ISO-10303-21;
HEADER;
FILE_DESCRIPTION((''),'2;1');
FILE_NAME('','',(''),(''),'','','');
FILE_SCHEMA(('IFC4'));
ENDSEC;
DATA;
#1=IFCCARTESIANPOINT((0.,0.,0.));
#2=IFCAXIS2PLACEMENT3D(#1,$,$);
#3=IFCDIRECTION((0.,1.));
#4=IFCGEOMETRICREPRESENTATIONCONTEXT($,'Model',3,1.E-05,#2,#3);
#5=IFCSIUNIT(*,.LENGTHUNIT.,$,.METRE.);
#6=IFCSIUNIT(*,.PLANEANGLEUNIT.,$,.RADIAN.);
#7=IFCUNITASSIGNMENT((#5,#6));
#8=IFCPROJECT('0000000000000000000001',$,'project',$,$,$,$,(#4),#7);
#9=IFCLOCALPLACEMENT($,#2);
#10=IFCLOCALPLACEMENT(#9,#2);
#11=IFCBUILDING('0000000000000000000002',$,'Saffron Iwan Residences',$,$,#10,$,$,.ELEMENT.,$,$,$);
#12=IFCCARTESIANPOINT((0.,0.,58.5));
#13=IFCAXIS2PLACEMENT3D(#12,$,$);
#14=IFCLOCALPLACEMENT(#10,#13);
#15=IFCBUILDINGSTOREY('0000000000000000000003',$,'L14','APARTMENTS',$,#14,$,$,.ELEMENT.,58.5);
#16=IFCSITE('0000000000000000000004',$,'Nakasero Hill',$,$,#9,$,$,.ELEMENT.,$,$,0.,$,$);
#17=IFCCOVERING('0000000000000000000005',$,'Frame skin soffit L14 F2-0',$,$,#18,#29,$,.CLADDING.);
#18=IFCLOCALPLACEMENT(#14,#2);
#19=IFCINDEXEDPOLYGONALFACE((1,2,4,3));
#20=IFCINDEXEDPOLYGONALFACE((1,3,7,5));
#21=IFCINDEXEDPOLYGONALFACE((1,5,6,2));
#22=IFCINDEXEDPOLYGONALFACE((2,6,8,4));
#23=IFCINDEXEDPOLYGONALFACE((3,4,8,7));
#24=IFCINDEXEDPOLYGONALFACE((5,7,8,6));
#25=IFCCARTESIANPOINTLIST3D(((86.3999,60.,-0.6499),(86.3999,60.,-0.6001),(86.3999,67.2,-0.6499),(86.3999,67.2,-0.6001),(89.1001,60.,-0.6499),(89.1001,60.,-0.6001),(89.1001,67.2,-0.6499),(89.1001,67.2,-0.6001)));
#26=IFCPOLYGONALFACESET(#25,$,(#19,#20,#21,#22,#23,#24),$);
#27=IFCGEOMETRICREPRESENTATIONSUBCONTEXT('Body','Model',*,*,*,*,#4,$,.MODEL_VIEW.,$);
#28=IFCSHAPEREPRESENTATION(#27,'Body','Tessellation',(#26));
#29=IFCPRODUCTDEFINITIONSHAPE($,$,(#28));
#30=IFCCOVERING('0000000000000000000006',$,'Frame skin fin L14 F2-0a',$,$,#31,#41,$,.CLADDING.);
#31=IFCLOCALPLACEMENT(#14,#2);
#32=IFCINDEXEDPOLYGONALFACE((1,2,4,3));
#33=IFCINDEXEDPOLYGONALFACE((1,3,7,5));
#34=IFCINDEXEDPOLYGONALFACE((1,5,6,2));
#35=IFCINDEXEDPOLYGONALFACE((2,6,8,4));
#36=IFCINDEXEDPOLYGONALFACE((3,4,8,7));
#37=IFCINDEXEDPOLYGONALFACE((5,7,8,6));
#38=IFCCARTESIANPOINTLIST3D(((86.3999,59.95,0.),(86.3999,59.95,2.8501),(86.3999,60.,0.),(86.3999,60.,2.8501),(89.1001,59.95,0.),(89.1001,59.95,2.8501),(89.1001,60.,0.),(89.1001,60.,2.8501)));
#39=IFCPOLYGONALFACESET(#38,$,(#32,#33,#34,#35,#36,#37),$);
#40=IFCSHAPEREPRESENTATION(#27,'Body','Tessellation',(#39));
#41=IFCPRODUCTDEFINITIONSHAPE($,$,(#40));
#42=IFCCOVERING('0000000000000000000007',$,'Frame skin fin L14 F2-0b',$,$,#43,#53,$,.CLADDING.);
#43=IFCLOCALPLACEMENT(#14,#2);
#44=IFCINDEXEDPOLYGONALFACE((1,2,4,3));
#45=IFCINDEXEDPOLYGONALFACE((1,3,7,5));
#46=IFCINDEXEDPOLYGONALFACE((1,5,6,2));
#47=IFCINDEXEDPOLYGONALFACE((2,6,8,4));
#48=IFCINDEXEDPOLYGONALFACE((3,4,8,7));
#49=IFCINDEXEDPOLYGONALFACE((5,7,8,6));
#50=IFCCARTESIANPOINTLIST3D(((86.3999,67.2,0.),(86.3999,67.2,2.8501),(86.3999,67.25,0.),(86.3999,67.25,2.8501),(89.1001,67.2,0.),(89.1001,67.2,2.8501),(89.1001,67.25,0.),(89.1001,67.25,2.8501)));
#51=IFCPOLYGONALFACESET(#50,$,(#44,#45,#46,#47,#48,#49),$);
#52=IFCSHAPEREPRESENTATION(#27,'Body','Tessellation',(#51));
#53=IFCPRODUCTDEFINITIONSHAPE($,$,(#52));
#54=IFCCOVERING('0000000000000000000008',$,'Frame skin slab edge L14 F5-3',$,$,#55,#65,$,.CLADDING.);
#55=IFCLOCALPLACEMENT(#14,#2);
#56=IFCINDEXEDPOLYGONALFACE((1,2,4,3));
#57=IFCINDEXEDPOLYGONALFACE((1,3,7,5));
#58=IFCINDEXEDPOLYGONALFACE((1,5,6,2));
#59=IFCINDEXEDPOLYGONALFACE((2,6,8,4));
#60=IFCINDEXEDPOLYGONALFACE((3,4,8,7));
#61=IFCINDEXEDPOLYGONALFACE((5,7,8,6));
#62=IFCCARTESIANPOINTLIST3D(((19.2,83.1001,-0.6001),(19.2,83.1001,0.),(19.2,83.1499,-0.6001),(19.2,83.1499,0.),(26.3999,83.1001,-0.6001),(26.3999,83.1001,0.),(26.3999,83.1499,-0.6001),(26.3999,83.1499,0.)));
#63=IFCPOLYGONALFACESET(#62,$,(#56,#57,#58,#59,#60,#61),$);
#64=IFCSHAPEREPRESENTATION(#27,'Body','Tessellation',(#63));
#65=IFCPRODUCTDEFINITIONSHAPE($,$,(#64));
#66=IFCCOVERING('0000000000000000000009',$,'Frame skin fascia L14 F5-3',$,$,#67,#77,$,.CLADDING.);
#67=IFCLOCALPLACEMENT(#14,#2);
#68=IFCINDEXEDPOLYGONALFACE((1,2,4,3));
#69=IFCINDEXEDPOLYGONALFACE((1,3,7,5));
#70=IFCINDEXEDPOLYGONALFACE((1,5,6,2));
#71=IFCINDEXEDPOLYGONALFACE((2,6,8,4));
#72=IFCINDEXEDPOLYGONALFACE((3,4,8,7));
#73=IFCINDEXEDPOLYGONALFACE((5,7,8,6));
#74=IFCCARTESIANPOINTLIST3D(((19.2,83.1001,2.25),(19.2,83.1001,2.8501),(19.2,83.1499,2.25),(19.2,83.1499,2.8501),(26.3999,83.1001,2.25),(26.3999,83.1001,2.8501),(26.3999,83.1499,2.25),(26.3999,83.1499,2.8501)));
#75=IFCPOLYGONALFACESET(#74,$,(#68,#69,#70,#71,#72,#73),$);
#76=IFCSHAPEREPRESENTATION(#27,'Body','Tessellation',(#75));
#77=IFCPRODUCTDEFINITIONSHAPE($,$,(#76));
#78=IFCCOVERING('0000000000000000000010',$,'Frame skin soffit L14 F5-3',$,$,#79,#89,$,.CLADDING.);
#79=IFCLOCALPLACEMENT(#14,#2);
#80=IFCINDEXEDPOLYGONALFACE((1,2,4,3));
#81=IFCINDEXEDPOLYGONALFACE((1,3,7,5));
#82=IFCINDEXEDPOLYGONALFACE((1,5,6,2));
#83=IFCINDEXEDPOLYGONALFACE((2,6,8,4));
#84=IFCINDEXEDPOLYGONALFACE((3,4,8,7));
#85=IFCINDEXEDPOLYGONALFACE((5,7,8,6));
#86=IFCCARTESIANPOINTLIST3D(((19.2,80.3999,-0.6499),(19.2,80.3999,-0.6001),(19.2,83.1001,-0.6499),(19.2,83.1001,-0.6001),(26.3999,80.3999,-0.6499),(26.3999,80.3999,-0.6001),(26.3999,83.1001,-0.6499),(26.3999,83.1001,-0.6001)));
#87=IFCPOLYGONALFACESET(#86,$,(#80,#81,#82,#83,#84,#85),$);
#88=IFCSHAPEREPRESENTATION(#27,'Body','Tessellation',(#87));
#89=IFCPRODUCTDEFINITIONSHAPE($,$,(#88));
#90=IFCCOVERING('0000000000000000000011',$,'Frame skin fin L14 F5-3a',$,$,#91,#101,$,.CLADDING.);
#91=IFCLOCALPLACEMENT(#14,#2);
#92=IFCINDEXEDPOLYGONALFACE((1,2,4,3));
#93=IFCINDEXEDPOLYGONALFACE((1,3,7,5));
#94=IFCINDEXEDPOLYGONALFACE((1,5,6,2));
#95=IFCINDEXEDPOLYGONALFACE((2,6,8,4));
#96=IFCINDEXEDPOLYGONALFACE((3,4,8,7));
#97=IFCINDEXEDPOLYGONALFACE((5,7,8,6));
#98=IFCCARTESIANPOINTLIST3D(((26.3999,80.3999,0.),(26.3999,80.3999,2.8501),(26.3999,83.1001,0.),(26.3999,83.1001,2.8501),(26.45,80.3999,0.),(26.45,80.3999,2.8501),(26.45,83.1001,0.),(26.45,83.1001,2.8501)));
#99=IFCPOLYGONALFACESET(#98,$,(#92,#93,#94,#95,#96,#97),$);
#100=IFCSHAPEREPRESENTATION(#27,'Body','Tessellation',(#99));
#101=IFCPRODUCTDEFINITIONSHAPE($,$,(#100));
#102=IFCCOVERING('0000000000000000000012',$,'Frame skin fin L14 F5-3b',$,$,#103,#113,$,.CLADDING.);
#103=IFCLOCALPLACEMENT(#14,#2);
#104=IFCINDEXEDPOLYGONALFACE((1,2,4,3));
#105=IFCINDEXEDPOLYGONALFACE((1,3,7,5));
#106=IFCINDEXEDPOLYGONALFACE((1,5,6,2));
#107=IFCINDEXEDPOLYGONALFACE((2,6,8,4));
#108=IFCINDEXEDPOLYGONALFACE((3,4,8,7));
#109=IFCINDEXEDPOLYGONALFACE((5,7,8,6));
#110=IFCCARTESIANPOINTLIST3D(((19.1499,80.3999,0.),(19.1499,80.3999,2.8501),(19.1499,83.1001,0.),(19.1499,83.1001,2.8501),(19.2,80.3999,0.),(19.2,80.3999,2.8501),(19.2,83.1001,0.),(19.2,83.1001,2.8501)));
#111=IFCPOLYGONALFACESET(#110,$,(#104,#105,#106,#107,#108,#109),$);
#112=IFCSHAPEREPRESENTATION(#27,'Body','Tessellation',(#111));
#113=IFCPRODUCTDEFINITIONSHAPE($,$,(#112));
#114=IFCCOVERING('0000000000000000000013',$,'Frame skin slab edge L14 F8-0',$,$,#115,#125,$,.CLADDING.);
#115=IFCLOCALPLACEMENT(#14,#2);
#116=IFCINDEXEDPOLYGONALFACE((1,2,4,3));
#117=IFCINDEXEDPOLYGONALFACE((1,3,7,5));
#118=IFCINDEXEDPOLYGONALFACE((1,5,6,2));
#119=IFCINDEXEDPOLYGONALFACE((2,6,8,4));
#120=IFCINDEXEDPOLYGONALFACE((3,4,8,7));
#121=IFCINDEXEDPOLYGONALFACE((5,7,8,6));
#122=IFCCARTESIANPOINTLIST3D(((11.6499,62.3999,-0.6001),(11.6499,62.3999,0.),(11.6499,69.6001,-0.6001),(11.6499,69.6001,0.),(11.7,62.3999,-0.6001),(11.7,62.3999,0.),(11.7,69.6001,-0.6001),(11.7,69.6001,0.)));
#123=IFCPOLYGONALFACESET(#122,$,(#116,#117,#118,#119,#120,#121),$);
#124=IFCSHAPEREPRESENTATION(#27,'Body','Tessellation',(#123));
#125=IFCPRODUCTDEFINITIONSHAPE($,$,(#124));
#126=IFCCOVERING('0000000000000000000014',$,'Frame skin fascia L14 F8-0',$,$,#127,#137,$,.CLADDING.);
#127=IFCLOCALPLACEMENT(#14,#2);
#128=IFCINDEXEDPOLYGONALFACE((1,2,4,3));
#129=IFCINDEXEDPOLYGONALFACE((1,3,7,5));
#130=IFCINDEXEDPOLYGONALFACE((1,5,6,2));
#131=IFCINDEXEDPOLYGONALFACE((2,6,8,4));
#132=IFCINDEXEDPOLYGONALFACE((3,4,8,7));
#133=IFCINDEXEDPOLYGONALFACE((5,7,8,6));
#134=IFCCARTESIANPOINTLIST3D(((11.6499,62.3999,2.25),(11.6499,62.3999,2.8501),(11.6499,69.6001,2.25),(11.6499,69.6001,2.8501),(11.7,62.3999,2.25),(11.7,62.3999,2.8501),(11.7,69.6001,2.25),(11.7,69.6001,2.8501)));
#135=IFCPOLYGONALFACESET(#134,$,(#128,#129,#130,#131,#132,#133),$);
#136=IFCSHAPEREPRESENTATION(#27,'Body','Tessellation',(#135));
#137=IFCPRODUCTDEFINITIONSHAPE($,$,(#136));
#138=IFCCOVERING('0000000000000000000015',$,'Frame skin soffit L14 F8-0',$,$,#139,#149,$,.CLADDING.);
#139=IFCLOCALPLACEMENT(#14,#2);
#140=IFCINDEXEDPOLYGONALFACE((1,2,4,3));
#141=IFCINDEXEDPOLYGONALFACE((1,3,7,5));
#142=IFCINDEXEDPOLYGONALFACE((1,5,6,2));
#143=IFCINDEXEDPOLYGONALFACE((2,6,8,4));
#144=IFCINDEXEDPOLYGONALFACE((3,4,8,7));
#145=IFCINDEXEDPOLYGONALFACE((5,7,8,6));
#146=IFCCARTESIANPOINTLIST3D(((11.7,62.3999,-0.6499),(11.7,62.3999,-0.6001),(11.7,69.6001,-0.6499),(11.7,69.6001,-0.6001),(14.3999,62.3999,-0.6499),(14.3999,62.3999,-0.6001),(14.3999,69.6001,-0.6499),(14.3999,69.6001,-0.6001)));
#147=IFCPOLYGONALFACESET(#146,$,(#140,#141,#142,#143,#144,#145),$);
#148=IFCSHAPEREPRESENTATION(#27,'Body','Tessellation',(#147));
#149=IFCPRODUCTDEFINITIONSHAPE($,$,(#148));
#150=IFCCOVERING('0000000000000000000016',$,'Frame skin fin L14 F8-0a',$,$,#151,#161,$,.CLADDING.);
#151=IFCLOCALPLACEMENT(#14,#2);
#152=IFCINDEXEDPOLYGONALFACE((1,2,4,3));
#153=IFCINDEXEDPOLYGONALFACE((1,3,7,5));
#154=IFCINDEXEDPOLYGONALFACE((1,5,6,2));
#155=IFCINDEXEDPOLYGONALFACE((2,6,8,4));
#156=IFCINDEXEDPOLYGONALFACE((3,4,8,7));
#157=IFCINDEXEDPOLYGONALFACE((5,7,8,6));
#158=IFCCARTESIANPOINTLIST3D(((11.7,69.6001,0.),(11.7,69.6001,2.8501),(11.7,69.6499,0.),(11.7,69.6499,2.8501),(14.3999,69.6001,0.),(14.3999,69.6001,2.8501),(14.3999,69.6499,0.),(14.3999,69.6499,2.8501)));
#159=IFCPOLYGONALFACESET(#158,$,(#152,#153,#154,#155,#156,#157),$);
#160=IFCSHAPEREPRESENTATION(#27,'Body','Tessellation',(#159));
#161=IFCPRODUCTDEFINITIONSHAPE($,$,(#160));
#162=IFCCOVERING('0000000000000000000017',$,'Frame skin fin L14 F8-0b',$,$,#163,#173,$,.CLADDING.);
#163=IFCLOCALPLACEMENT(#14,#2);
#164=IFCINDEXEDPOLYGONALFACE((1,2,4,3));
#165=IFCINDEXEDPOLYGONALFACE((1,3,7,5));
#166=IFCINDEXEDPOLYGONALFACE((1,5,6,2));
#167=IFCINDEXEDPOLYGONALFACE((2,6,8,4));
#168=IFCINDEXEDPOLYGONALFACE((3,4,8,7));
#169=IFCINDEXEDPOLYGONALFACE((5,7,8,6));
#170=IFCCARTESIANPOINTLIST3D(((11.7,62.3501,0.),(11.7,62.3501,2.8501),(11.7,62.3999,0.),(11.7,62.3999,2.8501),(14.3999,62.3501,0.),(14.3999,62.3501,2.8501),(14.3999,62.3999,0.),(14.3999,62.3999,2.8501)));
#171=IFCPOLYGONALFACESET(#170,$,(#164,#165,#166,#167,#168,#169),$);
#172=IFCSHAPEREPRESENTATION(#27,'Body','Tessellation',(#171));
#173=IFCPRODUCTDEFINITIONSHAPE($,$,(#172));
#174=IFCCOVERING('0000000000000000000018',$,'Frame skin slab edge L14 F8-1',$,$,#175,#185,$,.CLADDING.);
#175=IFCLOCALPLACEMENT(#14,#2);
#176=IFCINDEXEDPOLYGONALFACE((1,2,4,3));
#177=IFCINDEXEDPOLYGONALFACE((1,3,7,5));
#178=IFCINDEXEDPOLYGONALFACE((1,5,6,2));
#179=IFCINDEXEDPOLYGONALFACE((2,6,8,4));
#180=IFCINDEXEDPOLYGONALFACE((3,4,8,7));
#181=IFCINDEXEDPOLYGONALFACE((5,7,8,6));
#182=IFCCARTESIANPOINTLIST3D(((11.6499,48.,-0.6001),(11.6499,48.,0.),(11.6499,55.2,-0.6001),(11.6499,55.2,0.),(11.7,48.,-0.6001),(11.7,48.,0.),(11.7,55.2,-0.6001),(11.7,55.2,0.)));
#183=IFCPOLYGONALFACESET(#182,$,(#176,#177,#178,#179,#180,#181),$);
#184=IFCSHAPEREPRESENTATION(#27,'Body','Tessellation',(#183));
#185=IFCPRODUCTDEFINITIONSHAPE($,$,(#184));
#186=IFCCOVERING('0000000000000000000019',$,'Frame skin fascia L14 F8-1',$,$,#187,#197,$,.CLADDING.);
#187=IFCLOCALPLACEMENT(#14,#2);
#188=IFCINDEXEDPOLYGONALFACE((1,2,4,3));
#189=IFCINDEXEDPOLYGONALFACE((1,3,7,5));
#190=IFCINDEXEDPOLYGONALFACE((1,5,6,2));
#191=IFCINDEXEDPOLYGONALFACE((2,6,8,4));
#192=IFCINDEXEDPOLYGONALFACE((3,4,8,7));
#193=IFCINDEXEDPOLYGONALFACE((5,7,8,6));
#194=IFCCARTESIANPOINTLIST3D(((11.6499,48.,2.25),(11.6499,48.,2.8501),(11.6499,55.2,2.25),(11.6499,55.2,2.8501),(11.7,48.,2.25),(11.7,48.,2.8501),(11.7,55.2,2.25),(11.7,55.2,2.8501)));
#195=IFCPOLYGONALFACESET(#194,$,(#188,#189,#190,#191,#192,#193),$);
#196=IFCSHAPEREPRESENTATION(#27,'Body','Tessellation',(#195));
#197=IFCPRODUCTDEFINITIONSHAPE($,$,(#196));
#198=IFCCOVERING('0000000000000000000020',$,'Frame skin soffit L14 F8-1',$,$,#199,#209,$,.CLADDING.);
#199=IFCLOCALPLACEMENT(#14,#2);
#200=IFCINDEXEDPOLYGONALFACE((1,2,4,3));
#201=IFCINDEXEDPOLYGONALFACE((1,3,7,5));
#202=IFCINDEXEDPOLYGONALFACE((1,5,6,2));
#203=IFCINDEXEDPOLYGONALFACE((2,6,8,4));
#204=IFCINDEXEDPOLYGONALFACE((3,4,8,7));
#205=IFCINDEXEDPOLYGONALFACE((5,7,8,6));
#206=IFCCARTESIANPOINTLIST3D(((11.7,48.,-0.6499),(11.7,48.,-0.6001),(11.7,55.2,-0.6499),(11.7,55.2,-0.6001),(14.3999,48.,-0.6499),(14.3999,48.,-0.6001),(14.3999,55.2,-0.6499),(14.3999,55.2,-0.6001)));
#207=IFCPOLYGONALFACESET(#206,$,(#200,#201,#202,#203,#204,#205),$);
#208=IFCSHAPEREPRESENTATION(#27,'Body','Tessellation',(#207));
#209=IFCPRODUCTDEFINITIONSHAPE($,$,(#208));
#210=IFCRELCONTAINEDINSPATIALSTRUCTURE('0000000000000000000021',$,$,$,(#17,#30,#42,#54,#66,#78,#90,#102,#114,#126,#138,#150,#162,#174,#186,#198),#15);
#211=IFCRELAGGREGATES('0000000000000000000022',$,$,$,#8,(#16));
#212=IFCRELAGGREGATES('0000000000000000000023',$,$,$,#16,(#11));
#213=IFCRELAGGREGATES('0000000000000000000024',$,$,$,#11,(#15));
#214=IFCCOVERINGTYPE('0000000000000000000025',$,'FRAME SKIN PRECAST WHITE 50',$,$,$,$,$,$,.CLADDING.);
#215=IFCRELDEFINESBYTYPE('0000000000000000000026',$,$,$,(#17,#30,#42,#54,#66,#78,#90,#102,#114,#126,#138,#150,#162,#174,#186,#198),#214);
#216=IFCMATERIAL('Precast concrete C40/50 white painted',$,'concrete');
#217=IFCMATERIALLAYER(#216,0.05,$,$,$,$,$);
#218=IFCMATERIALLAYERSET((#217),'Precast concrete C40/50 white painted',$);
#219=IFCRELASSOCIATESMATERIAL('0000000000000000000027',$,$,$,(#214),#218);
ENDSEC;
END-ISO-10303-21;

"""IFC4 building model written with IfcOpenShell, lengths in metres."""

from ifc_helpers import new_model, si_unit, direction, frame, origin, place, context, subcontext, project, spatial, polyline, outline, extrude, material, layer, layer_set, type_object, element, save


model = new_model("IFC4")

# Units and contexts
model_context = context("Model", 3, precision=1e-05, world=origin(), true_north=direction((0.0, 1.0)))
body_context = subcontext(model_context, "Body", "Model", "MODEL_VIEW")
ifc_project = project(units=[si_unit("LENGTHUNIT", "METRE"), si_unit("PLANEANGLEUNIT", "RADIAN")], contexts=[model_context])

# Site, building, storey
site_placement = place(None, origin())
site = spatial("IfcSite", under=ifc_project, at=site_placement, Name="Nakasero Hill", CompositionType="ELEMENT", RefElevation=0.0)
building_placement = place(site_placement, origin())
building = spatial("IfcBuilding", under=site, at=building_placement, Name="Saffron Iwan Residences", CompositionType="ELEMENT")
storey_placement = place(building_placement, frame((0.0, 0.0, 58.5)))
storey = spatial("IfcBuildingStorey", under=building, at=storey_placement, Name="L14", Description="APARTMENTS", CompositionType="ELEMENT", Elevation=58.5)

# Coverings
ifc_material_1 = material(Name="Precast concrete C40/50 white painted", Category="concrete")
ifc_layer_1 = layer(ifc_material_1, 0.05)
ifc_layer_set_1 = layer_set([ifc_layer_1], Name="Precast concrete C40/50 white painted")
covering_type_1 = type_object("IfcCoveringType", Name="FRAME SKIN PRECAST WHITE 50", PredefinedType="CLADDING", material=ifc_layer_set_1)
covering_1_placement = place(storey_placement, frame((0.0, 0.0, -0.6499)))
element("IfcCovering", 1, at=covering_1_placement, inside=storey, type_object=covering_type_1, Name="Frame skin soffit L14 F2-0", PredefinedType="CLADDING", context=body_context, shape_type="SweptSolid", body=[
    extrude(outline(polyline([(89.1001, 60.0), (89.1001, 67.2), (86.3999, 67.2), (86.3999, 60.0), (89.1001, 60.0)])), origin(), (0.0, 0.0, 1.0), 0.0498),
])
covering_2_placement = place(storey_placement, origin())
element("IfcCovering", 2, at=covering_2_placement, inside=storey, type_object=covering_type_1, Name="Frame skin fin L14 F2-0a", PredefinedType="CLADDING", context=body_context, shape_type="SweptSolid", body=[
    extrude(outline(polyline([(89.1001, 59.95), (89.1001, 60.0), (86.3999, 60.0), (86.3999, 59.95), (89.1001, 59.95)])), origin(), (0.0, 0.0, 1.0), 2.8501),
])
covering_3_placement = place(storey_placement, origin())
element("IfcCovering", 3, at=covering_3_placement, inside=storey, type_object=covering_type_1, Name="Frame skin fin L14 F2-0b", PredefinedType="CLADDING", context=body_context, shape_type="SweptSolid", body=[
    extrude(outline(polyline([(89.1001, 67.2), (89.1001, 67.25), (86.3999, 67.25), (86.3999, 67.2), (89.1001, 67.2)])), origin(), (0.0, 0.0, 1.0), 2.8501),
])
for number, where, name in (
    (4, (0.0, 0.0, -0.6001), "Frame skin slab edge L14 F5-3"),
    (5, (0.0, 0.0, 2.25), "Frame skin fascia L14 F5-3"),
):
    element("IfcCovering", number, at=place(storey_placement, frame(where)), inside=storey, type_object=covering_type_1, Name=name, PredefinedType="CLADDING", context=body_context, shape_type="SweptSolid", body=[
        extrude(outline(polyline([(26.3999, 83.1499), (19.2, 83.1499), (19.2, 83.1001), (26.3999, 83.1001), (26.3999, 83.1499)])), origin(), (0.0, 0.0, 1.0), 0.6001),
    ])
covering_4_placement = place(storey_placement, frame((0.0, 0.0, -0.6499)))
element("IfcCovering", 6, at=covering_4_placement, inside=storey, type_object=covering_type_1, Name="Frame skin soffit L14 F5-3", PredefinedType="CLADDING", context=body_context, shape_type="SweptSolid", body=[
    extrude(outline(polyline([(26.3999, 83.1001), (19.2, 83.1001), (19.2, 80.3999), (26.3999, 80.3999), (26.3999, 83.1001)])), origin(), (0.0, 0.0, 1.0), 0.0498),
])
covering_5_placement = place(storey_placement, origin())
element("IfcCovering", 7, at=covering_5_placement, inside=storey, type_object=covering_type_1, Name="Frame skin fin L14 F5-3a", PredefinedType="CLADDING", context=body_context, shape_type="SweptSolid", body=[
    extrude(outline(polyline([(26.45, 83.1001), (26.3999, 83.1001), (26.3999, 80.3999), (26.45, 80.3999), (26.45, 83.1001)])), origin(), (0.0, 0.0, 1.0), 2.8501),
])
covering_6_placement = place(storey_placement, origin())
element("IfcCovering", 8, at=covering_6_placement, inside=storey, type_object=covering_type_1, Name="Frame skin fin L14 F5-3b", PredefinedType="CLADDING", context=body_context, shape_type="SweptSolid", body=[
    extrude(outline(polyline([(19.2, 83.1001), (19.1499, 83.1001), (19.1499, 80.3999), (19.2, 80.3999), (19.2, 83.1001)])), origin(), (0.0, 0.0, 1.0), 2.8501),
])
for number, where, name in (
    (9, (0.0, 0.0, -0.6001), "Frame skin slab edge L14 F8-0"),
    (10, (0.0, 0.0, 2.25), "Frame skin fascia L14 F8-0"),
):
    element("IfcCovering", number, at=place(storey_placement, frame(where)), inside=storey, type_object=covering_type_1, Name=name, PredefinedType="CLADDING", context=body_context, shape_type="SweptSolid", body=[
        extrude(outline(polyline([(11.6499, 69.6001), (11.6499, 62.3999), (11.7, 62.3999), (11.7, 69.6001), (11.6499, 69.6001)])), origin(), (0.0, 0.0, 1.0), 0.6001),
    ])
covering_7_placement = place(storey_placement, frame((0.0, 0.0, -0.6499)))
element("IfcCovering", 11, at=covering_7_placement, inside=storey, type_object=covering_type_1, Name="Frame skin soffit L14 F8-0", PredefinedType="CLADDING", context=body_context, shape_type="SweptSolid", body=[
    extrude(outline(polyline([(11.7, 69.6001), (11.7, 62.3999), (14.3999, 62.3999), (14.3999, 69.6001), (11.7, 69.6001)])), origin(), (0.0, 0.0, 1.0), 0.0498),
])
covering_8_placement = place(storey_placement, origin())
element("IfcCovering", 12, at=covering_8_placement, inside=storey, type_object=covering_type_1, Name="Frame skin fin L14 F8-0a", PredefinedType="CLADDING", context=body_context, shape_type="SweptSolid", body=[
    extrude(outline(polyline([(11.7, 69.6499), (11.7, 69.6001), (14.3999, 69.6001), (14.3999, 69.6499), (11.7, 69.6499)])), origin(), (0.0, 0.0, 1.0), 2.8501),
])
covering_9_placement = place(storey_placement, origin())
element("IfcCovering", 13, at=covering_9_placement, inside=storey, type_object=covering_type_1, Name="Frame skin fin L14 F8-0b", PredefinedType="CLADDING", context=body_context, shape_type="SweptSolid", body=[
    extrude(outline(polyline([(11.7, 62.3999), (11.7, 62.3501), (14.3999, 62.3501), (14.3999, 62.3999), (11.7, 62.3999)])), origin(), (0.0, 0.0, 1.0), 2.8501),
])
for number, where, name in (
    (14, (0.0, 0.0, -0.6001), "Frame skin slab edge L14 F8-1"),
    (15, (0.0, 0.0, 2.25), "Frame skin fascia L14 F8-1"),
):
    element("IfcCovering", number, at=place(storey_placement, frame(where)), inside=storey, type_object=covering_type_1, Name=name, PredefinedType="CLADDING", context=body_context, shape_type="SweptSolid", body=[
        extrude(outline(polyline([(11.6499, 55.2), (11.6499, 48.0), (11.7, 48.0), (11.7, 55.2), (11.6499, 55.2)])), origin(), (0.0, 0.0, 1.0), 0.6001),
    ])
covering_10_placement = place(storey_placement, frame((0.0, 0.0, -0.6499)))
element("IfcCovering", 16, at=covering_10_placement, inside=storey, type_object=covering_type_1, Name="Frame skin soffit L14 F8-1", PredefinedType="CLADDING", context=body_context, shape_type="SweptSolid", body=[
    extrude(outline(polyline([(11.7, 55.2), (11.7, 48.0), (14.3999, 48.0), (14.3999, 55.2), (11.7, 55.2)])), origin(), (0.0, 0.0, 1.0), 0.0498),
])

save(model, "model.ifc")
